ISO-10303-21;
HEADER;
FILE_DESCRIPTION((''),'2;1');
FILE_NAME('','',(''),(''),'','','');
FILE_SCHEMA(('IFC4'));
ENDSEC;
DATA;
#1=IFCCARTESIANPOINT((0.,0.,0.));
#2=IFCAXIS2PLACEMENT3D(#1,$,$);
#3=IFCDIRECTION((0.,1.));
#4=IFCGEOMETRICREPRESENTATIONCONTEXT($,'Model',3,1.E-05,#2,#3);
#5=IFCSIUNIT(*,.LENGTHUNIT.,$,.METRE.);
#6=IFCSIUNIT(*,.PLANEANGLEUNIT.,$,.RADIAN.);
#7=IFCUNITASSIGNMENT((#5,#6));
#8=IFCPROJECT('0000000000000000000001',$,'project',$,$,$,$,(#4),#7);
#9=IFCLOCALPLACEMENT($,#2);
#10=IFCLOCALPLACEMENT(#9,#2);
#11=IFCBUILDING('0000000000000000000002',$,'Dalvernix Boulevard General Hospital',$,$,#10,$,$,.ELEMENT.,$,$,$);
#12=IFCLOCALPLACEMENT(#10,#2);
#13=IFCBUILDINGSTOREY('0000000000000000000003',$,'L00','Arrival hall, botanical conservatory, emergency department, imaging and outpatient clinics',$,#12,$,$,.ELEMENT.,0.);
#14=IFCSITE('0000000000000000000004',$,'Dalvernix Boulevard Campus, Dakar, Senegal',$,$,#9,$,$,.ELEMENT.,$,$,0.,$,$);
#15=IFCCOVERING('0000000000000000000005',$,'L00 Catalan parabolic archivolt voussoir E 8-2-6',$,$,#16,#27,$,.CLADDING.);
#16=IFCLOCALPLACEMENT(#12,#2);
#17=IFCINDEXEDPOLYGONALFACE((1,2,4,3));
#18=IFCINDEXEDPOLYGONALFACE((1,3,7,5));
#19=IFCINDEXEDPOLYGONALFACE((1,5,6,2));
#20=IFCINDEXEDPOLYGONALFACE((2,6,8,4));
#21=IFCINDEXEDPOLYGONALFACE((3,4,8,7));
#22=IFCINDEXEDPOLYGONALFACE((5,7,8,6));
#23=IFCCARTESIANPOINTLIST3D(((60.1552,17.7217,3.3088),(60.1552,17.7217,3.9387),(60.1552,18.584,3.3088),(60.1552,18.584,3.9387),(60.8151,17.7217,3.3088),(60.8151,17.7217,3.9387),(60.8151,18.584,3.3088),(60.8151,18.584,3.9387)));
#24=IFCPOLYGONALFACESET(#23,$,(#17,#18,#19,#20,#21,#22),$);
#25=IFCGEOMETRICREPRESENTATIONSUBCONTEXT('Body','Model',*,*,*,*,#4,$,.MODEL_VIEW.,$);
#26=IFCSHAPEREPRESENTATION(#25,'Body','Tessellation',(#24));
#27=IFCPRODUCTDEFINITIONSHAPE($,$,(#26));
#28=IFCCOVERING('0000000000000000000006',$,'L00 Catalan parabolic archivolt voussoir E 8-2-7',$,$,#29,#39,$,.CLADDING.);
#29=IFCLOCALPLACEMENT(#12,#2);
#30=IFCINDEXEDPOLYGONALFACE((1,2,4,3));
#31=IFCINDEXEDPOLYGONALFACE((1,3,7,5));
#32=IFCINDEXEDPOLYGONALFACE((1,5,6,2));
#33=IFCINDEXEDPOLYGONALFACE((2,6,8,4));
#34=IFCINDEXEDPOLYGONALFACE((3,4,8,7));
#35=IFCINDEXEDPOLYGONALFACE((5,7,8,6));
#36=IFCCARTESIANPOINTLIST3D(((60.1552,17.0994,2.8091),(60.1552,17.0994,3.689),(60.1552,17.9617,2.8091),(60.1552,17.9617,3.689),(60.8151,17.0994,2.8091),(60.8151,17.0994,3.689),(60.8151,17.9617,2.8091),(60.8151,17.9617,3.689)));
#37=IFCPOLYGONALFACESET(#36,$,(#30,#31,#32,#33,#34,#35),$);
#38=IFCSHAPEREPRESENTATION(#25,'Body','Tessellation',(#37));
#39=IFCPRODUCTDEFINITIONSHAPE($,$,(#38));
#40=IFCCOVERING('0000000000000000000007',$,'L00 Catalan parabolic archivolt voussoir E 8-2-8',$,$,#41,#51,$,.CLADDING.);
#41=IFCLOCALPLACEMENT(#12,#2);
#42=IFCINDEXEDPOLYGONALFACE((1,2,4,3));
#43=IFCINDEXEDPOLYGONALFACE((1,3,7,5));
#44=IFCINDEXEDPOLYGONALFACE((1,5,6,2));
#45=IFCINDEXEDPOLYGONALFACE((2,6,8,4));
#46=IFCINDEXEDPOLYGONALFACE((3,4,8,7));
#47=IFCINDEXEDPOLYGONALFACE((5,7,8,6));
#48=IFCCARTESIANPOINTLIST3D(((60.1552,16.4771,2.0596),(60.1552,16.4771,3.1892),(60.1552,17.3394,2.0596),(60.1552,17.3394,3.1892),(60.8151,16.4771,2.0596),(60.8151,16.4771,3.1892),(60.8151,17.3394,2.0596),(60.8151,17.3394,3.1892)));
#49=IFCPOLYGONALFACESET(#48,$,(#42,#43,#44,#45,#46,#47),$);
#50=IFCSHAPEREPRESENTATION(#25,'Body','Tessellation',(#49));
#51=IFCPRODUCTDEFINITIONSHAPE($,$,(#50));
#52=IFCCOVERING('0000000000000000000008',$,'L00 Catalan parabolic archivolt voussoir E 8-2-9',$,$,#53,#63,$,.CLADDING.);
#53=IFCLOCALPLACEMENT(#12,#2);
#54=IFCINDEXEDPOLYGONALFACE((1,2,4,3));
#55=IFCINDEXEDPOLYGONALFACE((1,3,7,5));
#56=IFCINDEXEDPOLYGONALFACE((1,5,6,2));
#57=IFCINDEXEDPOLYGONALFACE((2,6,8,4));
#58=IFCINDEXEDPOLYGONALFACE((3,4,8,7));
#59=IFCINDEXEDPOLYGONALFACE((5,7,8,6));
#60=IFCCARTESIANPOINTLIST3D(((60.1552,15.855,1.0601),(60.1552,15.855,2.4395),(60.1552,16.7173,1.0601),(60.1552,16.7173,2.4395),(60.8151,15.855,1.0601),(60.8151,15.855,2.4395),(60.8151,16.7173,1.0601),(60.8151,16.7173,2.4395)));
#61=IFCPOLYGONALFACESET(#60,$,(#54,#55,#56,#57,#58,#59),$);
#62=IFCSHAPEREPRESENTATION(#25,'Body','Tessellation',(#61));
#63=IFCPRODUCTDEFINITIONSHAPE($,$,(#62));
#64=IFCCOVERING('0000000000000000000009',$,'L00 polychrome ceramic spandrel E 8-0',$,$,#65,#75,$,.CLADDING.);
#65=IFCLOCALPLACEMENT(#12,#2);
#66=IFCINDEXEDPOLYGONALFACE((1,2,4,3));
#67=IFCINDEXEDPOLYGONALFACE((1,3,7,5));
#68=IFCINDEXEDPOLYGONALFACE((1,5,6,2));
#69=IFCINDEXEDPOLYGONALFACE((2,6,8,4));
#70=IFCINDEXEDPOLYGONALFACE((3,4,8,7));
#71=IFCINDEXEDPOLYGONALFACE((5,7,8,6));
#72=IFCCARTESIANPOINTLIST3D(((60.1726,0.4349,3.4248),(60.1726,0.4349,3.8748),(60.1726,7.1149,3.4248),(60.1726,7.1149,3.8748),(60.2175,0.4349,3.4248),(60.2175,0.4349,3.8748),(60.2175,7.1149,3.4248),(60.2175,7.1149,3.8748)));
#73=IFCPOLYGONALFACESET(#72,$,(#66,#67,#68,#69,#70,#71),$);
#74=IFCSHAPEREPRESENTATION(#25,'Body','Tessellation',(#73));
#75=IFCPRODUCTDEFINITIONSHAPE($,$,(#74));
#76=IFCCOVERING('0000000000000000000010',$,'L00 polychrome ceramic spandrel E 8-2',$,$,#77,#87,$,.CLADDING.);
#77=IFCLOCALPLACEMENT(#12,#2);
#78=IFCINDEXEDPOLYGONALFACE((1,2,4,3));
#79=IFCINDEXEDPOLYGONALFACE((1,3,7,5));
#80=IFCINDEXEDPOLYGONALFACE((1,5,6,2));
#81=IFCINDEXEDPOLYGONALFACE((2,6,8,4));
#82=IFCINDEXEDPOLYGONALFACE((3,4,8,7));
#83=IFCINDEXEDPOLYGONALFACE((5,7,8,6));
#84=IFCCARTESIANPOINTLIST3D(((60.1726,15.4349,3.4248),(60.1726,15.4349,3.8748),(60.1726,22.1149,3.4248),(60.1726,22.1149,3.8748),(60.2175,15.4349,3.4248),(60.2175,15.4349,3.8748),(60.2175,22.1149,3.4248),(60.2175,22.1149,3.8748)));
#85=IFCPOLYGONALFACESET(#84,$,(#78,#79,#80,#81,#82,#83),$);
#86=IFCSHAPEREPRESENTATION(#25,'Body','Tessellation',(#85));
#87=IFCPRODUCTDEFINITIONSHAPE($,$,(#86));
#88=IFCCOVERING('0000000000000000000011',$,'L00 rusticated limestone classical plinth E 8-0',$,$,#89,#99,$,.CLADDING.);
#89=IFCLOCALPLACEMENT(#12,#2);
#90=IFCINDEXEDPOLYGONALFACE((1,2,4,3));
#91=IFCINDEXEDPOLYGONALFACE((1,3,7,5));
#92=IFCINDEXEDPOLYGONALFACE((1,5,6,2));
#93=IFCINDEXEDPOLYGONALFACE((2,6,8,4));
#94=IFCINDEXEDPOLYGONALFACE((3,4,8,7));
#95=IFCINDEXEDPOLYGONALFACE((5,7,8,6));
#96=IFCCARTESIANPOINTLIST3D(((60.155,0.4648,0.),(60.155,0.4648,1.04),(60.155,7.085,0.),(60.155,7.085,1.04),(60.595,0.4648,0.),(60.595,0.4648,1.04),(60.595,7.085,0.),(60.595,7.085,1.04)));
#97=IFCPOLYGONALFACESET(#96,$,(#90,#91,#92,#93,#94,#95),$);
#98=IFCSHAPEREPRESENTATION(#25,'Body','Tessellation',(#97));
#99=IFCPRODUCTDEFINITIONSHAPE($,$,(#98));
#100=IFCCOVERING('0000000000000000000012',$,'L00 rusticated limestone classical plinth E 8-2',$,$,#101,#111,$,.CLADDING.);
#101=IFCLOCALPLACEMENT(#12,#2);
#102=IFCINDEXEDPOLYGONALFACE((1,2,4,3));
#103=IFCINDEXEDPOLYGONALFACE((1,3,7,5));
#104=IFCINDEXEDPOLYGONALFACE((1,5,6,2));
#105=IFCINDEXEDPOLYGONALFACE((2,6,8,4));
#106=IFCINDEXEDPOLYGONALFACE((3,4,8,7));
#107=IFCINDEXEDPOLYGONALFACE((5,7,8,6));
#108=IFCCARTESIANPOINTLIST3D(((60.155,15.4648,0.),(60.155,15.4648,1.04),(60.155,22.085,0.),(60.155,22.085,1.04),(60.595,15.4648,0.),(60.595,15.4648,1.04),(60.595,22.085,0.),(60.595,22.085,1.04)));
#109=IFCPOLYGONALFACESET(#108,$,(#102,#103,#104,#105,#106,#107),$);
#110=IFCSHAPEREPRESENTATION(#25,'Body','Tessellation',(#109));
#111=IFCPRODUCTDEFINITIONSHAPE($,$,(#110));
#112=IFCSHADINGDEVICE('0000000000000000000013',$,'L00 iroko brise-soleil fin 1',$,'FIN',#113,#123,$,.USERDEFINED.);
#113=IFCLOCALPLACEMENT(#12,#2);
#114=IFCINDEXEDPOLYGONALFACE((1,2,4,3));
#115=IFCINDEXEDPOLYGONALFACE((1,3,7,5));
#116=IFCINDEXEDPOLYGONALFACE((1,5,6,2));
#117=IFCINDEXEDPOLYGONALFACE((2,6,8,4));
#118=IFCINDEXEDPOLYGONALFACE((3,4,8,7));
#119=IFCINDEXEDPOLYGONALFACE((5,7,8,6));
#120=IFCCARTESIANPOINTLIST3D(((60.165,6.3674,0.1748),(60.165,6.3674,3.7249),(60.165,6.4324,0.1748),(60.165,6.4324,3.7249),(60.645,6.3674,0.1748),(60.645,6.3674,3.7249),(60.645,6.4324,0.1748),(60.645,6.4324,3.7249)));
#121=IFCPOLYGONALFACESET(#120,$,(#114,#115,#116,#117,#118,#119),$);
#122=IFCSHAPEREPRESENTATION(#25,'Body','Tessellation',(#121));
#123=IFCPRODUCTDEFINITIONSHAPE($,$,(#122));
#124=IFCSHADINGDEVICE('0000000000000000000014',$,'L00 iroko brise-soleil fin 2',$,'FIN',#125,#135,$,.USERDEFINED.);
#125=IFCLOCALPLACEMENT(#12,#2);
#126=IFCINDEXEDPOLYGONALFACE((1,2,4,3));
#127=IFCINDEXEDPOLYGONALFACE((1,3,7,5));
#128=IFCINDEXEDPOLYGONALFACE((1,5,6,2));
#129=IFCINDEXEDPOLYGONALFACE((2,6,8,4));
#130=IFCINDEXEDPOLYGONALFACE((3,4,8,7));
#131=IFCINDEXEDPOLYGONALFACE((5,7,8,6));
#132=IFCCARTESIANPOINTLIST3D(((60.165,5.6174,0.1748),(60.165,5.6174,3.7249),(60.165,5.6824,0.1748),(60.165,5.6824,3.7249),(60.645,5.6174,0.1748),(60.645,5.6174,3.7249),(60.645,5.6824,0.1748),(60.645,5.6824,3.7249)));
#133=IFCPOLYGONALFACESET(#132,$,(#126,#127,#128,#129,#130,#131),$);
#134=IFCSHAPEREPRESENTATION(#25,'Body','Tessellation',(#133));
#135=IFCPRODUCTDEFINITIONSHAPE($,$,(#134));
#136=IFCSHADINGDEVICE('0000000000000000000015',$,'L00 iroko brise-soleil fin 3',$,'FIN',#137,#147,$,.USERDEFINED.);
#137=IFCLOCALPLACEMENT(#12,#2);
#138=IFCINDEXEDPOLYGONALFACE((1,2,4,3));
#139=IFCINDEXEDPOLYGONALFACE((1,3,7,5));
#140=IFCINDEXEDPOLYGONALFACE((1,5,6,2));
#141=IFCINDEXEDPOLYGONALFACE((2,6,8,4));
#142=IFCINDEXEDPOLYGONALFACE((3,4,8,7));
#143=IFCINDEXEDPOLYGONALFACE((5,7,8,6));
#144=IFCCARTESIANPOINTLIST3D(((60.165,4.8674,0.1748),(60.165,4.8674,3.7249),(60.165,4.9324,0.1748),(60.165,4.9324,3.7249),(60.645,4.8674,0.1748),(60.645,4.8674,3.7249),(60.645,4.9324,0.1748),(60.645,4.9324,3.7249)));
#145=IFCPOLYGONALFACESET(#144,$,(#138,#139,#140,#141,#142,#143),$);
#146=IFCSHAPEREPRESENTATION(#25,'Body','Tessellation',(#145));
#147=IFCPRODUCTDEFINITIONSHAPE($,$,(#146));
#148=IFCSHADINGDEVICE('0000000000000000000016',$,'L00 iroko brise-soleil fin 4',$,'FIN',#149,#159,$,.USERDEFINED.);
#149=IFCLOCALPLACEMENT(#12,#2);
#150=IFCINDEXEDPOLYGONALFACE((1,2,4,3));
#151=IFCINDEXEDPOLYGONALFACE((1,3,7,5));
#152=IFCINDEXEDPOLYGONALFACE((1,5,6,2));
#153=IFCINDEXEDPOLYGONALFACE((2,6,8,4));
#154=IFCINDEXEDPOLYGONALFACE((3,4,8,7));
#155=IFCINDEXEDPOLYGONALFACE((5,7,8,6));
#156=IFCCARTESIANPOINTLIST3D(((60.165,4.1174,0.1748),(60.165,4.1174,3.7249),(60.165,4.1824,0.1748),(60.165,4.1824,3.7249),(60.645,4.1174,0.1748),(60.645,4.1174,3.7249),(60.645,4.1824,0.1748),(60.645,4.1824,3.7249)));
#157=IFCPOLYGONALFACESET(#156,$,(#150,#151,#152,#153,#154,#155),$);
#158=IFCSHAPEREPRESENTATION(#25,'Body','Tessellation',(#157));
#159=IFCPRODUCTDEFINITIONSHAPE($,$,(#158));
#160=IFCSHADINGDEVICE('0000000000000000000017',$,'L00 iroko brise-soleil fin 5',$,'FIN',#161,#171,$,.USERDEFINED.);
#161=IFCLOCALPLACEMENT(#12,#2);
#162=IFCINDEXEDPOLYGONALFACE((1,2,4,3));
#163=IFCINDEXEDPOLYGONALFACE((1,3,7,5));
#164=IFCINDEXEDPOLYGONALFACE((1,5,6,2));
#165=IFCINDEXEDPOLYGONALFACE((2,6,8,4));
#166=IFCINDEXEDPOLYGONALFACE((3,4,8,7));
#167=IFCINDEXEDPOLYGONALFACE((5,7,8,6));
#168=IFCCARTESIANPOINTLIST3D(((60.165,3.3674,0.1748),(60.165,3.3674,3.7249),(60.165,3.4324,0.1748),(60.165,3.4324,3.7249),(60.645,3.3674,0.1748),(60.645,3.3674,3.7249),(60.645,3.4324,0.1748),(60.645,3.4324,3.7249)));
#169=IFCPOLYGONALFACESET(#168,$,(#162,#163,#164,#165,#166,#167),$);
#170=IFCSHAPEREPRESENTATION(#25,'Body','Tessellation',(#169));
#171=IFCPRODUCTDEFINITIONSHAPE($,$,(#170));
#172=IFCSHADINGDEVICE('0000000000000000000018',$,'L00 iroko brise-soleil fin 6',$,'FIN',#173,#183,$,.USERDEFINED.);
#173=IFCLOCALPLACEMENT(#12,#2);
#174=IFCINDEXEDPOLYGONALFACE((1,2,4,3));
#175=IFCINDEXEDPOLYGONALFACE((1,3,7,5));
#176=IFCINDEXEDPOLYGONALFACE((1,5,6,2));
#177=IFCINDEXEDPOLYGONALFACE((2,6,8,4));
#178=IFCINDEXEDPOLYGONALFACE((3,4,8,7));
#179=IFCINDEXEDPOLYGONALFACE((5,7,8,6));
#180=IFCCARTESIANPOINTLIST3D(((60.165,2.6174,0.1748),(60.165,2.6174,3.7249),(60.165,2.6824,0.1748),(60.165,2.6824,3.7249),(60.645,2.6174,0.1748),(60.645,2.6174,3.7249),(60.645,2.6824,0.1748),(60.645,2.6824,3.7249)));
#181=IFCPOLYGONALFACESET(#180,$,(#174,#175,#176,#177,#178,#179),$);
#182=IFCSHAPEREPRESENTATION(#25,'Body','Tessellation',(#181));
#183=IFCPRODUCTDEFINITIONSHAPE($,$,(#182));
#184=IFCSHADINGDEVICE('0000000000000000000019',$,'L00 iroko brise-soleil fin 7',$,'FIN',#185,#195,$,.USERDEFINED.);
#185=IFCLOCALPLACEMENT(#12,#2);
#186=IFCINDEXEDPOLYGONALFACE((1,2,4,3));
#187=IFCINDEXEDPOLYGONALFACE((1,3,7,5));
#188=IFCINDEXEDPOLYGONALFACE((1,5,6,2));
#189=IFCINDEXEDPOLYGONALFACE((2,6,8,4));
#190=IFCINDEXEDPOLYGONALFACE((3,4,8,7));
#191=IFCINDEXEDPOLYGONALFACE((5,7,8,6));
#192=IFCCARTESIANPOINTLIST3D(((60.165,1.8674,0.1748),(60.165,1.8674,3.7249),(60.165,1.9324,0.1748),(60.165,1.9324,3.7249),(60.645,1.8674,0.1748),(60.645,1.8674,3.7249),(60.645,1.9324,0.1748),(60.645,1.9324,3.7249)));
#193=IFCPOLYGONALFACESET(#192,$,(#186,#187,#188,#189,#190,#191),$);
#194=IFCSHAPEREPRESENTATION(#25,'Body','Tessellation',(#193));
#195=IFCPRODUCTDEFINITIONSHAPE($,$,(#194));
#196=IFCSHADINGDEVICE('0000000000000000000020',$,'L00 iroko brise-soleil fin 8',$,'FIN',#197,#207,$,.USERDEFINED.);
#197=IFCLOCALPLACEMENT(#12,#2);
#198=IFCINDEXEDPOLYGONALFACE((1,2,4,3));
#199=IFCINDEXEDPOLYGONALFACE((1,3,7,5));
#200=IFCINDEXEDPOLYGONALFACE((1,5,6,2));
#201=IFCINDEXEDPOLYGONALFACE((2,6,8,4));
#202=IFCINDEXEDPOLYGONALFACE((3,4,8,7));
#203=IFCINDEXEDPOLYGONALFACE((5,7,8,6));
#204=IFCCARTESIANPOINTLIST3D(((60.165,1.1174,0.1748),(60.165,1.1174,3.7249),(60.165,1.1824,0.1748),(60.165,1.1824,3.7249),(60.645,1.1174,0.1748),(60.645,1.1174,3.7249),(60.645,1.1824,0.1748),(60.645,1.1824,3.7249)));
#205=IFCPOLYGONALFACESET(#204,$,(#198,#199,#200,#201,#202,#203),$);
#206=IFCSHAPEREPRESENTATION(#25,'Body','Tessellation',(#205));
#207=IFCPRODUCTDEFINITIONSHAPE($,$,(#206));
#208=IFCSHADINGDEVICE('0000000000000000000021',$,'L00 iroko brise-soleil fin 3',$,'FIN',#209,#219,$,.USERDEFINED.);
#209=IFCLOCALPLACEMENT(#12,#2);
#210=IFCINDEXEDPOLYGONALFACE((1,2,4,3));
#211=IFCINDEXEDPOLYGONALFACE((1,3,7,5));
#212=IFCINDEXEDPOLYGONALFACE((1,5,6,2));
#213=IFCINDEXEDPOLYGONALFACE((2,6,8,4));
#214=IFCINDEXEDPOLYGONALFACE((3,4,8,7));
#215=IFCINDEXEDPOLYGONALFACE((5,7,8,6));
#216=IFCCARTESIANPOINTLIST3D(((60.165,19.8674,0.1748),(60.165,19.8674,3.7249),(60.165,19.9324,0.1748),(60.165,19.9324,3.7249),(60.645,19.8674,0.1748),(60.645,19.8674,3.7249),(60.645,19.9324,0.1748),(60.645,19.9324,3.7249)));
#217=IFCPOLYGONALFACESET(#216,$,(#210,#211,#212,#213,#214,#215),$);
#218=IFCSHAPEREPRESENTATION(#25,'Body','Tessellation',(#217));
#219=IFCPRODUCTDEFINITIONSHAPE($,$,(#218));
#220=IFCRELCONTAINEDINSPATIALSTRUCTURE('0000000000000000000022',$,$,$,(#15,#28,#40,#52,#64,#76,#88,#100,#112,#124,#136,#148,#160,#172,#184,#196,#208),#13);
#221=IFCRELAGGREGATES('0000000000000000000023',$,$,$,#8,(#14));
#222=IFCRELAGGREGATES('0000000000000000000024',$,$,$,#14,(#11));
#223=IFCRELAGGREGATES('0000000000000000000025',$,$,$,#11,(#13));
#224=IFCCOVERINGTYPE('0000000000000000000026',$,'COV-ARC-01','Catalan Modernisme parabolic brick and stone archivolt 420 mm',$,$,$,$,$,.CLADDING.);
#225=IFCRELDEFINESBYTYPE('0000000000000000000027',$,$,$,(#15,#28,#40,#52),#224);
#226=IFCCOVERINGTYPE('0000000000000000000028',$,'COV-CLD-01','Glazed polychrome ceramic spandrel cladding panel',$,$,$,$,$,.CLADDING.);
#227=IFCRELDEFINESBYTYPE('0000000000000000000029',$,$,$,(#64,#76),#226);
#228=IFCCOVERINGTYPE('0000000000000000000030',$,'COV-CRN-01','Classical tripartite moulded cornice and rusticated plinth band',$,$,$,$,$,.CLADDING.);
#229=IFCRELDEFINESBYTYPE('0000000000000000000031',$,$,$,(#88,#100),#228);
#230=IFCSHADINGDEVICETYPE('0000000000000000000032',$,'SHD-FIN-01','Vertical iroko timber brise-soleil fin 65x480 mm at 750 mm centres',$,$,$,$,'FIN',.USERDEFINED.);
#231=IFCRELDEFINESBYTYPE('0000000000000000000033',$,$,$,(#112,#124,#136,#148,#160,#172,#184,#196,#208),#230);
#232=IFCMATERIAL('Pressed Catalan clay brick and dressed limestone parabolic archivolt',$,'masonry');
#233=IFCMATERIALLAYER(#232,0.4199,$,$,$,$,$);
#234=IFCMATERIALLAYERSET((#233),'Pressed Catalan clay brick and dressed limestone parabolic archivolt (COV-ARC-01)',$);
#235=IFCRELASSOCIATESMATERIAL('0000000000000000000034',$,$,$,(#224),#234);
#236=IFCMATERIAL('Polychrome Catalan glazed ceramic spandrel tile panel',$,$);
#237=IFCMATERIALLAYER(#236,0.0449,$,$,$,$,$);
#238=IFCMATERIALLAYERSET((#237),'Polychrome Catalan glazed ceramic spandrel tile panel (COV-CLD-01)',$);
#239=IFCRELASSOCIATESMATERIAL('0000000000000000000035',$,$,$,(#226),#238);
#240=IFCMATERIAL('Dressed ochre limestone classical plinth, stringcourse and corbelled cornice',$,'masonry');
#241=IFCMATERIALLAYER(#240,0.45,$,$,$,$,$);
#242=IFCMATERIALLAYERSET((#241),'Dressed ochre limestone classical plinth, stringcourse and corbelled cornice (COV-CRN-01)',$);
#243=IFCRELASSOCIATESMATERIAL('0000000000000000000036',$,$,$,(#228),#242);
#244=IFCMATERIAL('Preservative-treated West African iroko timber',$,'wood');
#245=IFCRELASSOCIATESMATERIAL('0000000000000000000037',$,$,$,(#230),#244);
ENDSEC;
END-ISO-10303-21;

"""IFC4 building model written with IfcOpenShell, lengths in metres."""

from ifc_helpers import new_model, si_unit, direction, frame, origin, origin_2d, place, context, subcontext, project, spatial, rectangle, extrude, material, layer, layer_set, type_object, element, save


model = new_model("IFC4")

# Units and contexts
model_context = context("Model", 3, precision=1e-05, world=origin(), true_north=direction((0.0, 1.0)))
body_context = subcontext(model_context, "Body", "Model", "MODEL_VIEW")
ifc_project = project(units=[si_unit("LENGTHUNIT", "METRE"), si_unit("PLANEANGLEUNIT", "RADIAN")], contexts=[model_context])

# Site, building, storey
site_placement = place(None, origin())
site = spatial("IfcSite", under=ifc_project, at=site_placement, Name="Dalvernix Boulevard Campus, Dakar, Senegal", CompositionType="ELEMENT", RefElevation=0.0)
building_placement = place(site_placement, origin())
building = spatial("IfcBuilding", under=site, at=building_placement, Name="Dalvernix Boulevard General Hospital", CompositionType="ELEMENT")
storey_placement = place(building_placement, origin())
storey = spatial("IfcBuildingStorey", under=building, at=storey_placement, Name="L00", Description="Arrival hall, botanical conservatory, emergency department, imaging and outpatient clinics", CompositionType="ELEMENT", Elevation=0.0)

# Coverings
ifc_material_1 = material(Name="Pressed Catalan clay brick and dressed limestone parabolic archivolt", Category="masonry")
ifc_layer_1 = layer(ifc_material_1, 0.4199)
ifc_layer_set_1 = layer_set([ifc_layer_1], Name="Pressed Catalan clay brick and dressed limestone parabolic archivolt (COV-ARC-01)")
covering_type_1 = type_object("IfcCoveringType", Name="COV-ARC-01", Description="Catalan Modernisme parabolic brick and stone archivolt 420 mm", PredefinedType="CLADDING", material=ifc_layer_set_1)
covering_1_placement = place(storey_placement, frame((60.4851, 18.1528, 3.3088), z_axis=(0.0, 0.0, 1.0), x_axis=(0.0, -1.0, 0.0)))
element("IfcCovering", 1, at=covering_1_placement, inside=storey, type_object=covering_type_1, Name="L00 Catalan parabolic archivolt voussoir E 8-2-6", PredefinedType="CLADDING", context=body_context, shape_type="SweptSolid", body=[
    extrude(rectangle(XDim=0.8623, YDim=0.6599, at=origin_2d()), origin(), (0.0, 0.0, 1.0), 0.6299),
])
covering_2_placement = place(storey_placement, frame((60.4851, 17.5305, 2.8091), z_axis=(0.0, 0.0, 1.0), x_axis=(0.0, -1.0, 0.0)))
element("IfcCovering", 2, at=covering_2_placement, inside=storey, type_object=covering_type_1, Name="L00 Catalan parabolic archivolt voussoir E 8-2-7", PredefinedType="CLADDING", context=body_context, shape_type="SweptSolid", body=[
    extrude(rectangle(XDim=0.8623, YDim=0.6599, at=origin_2d()), origin(), (0.0, 0.0, 1.0), 0.8799),
])
covering_3_placement = place(storey_placement, frame((60.4851, 16.9082, 2.0596), z_axis=(0.0, 0.0, 1.0), x_axis=(0.0, -1.0, 0.0)))
element("IfcCovering", 3, at=covering_3_placement, inside=storey, type_object=covering_type_1, Name="L00 Catalan parabolic archivolt voussoir E 8-2-8", PredefinedType="CLADDING", context=body_context, shape_type="SweptSolid", body=[
    extrude(rectangle(XDim=0.8623, YDim=0.6599, at=origin_2d()), origin(), (0.0, 0.0, 1.0), 1.1296),
])
covering_4_placement = place(storey_placement, frame((60.4851, 16.2861, 1.0601), z_axis=(0.0, 0.0, 1.0), x_axis=(0.0, -1.0, 0.0)))
element("IfcCovering", 4, at=covering_4_placement, inside=storey, type_object=covering_type_1, Name="L00 Catalan parabolic archivolt voussoir E 8-2-9", PredefinedType="CLADDING", context=body_context, shape_type="SweptSolid", body=[
    extrude(rectangle(XDim=0.8623, YDim=0.6599, at=origin_2d()), origin(), (0.0, 0.0, 1.0), 1.3794),
])
ifc_material_2 = material(Name="Polychrome Catalan glazed ceramic spandrel tile panel")
ifc_layer_2 = layer(ifc_material_2, 0.0449)
ifc_layer_set_2 = layer_set([ifc_layer_2], Name="Polychrome Catalan glazed ceramic spandrel tile panel (COV-CLD-01)")
covering_type_2 = type_object("IfcCoveringType", Name="COV-CLD-01", Description="Glazed polychrome ceramic spandrel cladding panel", PredefinedType="CLADDING", material=ifc_layer_set_2)
for number, where, z_axis, x_axis, name in (
    (5, (60.1951, 3.7749, 3.4248), (0.0, 0.0, 1.0), (0.0, -1.0, 0.0), "L00 polychrome ceramic spandrel E 8-0"),
    (6, (60.1951, 18.7749, 3.4248), (0.0, 0.0, 1.0), (0.0, -1.0, 0.0), "L00 polychrome ceramic spandrel E 8-2"),
):
    element("IfcCovering", number, at=place(storey_placement, frame(where, z_axis=z_axis, x_axis=x_axis)), inside=storey, type_object=covering_type_2, Name=name, PredefinedType="CLADDING", context=body_context, shape_type="SweptSolid", body=[
        extrude(rectangle(XDim=6.6799, YDim=0.0449, at=origin_2d()), origin(), (0.0, 0.0, 1.0), 0.45),
    ])
ifc_material_3 = material(Name="Dressed ochre limestone classical plinth, stringcourse and corbelled cornice", Category="masonry")
ifc_layer_3 = layer(ifc_material_3, 0.45)
ifc_layer_set_3 = layer_set([ifc_layer_3], Name="Dressed ochre limestone classical plinth, stringcourse and corbelled cornice (COV-CRN-01)")
covering_type_3 = type_object("IfcCoveringType", Name="COV-CRN-01", Description="Classical tripartite moulded cornice and rusticated plinth band", PredefinedType="CLADDING", material=ifc_layer_set_3)
for number, where, z_axis, x_axis, name in (
    (7, (60.375, 3.7749, 0.0), (0.0, 0.0, 1.0), (0.0, -1.0, 0.0), "L00 rusticated limestone classical plinth E 8-0"),
    (8, (60.375, 18.7749, 0.0), (0.0, 0.0, 1.0), (0.0, -1.0, 0.0), "L00 rusticated limestone classical plinth E 8-2"),
):
    element("IfcCovering", number, at=place(storey_placement, frame(where, z_axis=z_axis, x_axis=x_axis)), inside=storey, type_object=covering_type_3, Name=name, PredefinedType="CLADDING", context=body_context, shape_type="SweptSolid", body=[
        extrude(rectangle(XDim=6.6201, YDim=0.4399, at=origin_2d()), origin(), (0.0, 0.0, 1.0), 1.04),
    ])

# Shading devices
ifc_material_4 = material(Name="Preservative-treated West African iroko timber", Category="wood")
shading_device_type = type_object("IfcShadingDeviceType", Name="SHD-FIN-01", Description="Vertical iroko timber brise-soleil fin 65x480 mm at 750 mm centres", ElementType="FIN", PredefinedType="USERDEFINED", material=ifc_material_4)
for number, where, z_axis, x_axis, name in (
    (9, (60.405, 6.3999, 0.1748), (0.0, 0.0, 1.0), (0.0, -1.0, 0.0), "L00 iroko brise-soleil fin 1"),
    (10, (60.405, 5.6499, 0.1748), (0.0, 0.0, 1.0), (0.0, -1.0, 0.0), "L00 iroko brise-soleil fin 2"),
    (11, (60.405, 4.8999, 0.1748), (0.0, 0.0, 1.0), (0.0, -1.0, 0.0), "L00 iroko brise-soleil fin 3"),
    (12, (60.405, 4.1499, 0.1748), (0.0, 0.0, 1.0), (0.0, -1.0, 0.0), "L00 iroko brise-soleil fin 4"),
    (13, (60.405, 3.3999, 0.1748), (0.0, 0.0, 1.0), (0.0, -1.0, 0.0), "L00 iroko brise-soleil fin 5"),
    (14, (60.405, 2.6499, 0.1748), (0.0, 0.0, 1.0), (0.0, -1.0, 0.0), "L00 iroko brise-soleil fin 6"),
    (15, (60.405, 1.8999, 0.1748), (0.0, 0.0, 1.0), (0.0, -1.0, 0.0), "L00 iroko brise-soleil fin 7"),
    (16, (60.405, 1.1499, 0.1748), (0.0, 0.0, 1.0), (0.0, -1.0, 0.0), "L00 iroko brise-soleil fin 8"),
    (17, (60.405, 19.8999, 0.1748), (0.0, 0.0, 1.0), (0.0, -1.0, 0.0), "L00 iroko brise-soleil fin 3"),
):
    element("IfcShadingDevice", number, at=place(storey_placement, frame(where, z_axis=z_axis, x_axis=x_axis)), inside=storey, type_object=shading_device_type, Name=name, ObjectType="FIN", PredefinedType="USERDEFINED", context=body_context, shape_type="SweptSolid", body=[
        extrude(rectangle(XDim=0.0649, YDim=0.48, at=origin_2d()), origin(), (0.0, 0.0, 1.0), 3.55),
    ])

save(model, "model.ifc")
